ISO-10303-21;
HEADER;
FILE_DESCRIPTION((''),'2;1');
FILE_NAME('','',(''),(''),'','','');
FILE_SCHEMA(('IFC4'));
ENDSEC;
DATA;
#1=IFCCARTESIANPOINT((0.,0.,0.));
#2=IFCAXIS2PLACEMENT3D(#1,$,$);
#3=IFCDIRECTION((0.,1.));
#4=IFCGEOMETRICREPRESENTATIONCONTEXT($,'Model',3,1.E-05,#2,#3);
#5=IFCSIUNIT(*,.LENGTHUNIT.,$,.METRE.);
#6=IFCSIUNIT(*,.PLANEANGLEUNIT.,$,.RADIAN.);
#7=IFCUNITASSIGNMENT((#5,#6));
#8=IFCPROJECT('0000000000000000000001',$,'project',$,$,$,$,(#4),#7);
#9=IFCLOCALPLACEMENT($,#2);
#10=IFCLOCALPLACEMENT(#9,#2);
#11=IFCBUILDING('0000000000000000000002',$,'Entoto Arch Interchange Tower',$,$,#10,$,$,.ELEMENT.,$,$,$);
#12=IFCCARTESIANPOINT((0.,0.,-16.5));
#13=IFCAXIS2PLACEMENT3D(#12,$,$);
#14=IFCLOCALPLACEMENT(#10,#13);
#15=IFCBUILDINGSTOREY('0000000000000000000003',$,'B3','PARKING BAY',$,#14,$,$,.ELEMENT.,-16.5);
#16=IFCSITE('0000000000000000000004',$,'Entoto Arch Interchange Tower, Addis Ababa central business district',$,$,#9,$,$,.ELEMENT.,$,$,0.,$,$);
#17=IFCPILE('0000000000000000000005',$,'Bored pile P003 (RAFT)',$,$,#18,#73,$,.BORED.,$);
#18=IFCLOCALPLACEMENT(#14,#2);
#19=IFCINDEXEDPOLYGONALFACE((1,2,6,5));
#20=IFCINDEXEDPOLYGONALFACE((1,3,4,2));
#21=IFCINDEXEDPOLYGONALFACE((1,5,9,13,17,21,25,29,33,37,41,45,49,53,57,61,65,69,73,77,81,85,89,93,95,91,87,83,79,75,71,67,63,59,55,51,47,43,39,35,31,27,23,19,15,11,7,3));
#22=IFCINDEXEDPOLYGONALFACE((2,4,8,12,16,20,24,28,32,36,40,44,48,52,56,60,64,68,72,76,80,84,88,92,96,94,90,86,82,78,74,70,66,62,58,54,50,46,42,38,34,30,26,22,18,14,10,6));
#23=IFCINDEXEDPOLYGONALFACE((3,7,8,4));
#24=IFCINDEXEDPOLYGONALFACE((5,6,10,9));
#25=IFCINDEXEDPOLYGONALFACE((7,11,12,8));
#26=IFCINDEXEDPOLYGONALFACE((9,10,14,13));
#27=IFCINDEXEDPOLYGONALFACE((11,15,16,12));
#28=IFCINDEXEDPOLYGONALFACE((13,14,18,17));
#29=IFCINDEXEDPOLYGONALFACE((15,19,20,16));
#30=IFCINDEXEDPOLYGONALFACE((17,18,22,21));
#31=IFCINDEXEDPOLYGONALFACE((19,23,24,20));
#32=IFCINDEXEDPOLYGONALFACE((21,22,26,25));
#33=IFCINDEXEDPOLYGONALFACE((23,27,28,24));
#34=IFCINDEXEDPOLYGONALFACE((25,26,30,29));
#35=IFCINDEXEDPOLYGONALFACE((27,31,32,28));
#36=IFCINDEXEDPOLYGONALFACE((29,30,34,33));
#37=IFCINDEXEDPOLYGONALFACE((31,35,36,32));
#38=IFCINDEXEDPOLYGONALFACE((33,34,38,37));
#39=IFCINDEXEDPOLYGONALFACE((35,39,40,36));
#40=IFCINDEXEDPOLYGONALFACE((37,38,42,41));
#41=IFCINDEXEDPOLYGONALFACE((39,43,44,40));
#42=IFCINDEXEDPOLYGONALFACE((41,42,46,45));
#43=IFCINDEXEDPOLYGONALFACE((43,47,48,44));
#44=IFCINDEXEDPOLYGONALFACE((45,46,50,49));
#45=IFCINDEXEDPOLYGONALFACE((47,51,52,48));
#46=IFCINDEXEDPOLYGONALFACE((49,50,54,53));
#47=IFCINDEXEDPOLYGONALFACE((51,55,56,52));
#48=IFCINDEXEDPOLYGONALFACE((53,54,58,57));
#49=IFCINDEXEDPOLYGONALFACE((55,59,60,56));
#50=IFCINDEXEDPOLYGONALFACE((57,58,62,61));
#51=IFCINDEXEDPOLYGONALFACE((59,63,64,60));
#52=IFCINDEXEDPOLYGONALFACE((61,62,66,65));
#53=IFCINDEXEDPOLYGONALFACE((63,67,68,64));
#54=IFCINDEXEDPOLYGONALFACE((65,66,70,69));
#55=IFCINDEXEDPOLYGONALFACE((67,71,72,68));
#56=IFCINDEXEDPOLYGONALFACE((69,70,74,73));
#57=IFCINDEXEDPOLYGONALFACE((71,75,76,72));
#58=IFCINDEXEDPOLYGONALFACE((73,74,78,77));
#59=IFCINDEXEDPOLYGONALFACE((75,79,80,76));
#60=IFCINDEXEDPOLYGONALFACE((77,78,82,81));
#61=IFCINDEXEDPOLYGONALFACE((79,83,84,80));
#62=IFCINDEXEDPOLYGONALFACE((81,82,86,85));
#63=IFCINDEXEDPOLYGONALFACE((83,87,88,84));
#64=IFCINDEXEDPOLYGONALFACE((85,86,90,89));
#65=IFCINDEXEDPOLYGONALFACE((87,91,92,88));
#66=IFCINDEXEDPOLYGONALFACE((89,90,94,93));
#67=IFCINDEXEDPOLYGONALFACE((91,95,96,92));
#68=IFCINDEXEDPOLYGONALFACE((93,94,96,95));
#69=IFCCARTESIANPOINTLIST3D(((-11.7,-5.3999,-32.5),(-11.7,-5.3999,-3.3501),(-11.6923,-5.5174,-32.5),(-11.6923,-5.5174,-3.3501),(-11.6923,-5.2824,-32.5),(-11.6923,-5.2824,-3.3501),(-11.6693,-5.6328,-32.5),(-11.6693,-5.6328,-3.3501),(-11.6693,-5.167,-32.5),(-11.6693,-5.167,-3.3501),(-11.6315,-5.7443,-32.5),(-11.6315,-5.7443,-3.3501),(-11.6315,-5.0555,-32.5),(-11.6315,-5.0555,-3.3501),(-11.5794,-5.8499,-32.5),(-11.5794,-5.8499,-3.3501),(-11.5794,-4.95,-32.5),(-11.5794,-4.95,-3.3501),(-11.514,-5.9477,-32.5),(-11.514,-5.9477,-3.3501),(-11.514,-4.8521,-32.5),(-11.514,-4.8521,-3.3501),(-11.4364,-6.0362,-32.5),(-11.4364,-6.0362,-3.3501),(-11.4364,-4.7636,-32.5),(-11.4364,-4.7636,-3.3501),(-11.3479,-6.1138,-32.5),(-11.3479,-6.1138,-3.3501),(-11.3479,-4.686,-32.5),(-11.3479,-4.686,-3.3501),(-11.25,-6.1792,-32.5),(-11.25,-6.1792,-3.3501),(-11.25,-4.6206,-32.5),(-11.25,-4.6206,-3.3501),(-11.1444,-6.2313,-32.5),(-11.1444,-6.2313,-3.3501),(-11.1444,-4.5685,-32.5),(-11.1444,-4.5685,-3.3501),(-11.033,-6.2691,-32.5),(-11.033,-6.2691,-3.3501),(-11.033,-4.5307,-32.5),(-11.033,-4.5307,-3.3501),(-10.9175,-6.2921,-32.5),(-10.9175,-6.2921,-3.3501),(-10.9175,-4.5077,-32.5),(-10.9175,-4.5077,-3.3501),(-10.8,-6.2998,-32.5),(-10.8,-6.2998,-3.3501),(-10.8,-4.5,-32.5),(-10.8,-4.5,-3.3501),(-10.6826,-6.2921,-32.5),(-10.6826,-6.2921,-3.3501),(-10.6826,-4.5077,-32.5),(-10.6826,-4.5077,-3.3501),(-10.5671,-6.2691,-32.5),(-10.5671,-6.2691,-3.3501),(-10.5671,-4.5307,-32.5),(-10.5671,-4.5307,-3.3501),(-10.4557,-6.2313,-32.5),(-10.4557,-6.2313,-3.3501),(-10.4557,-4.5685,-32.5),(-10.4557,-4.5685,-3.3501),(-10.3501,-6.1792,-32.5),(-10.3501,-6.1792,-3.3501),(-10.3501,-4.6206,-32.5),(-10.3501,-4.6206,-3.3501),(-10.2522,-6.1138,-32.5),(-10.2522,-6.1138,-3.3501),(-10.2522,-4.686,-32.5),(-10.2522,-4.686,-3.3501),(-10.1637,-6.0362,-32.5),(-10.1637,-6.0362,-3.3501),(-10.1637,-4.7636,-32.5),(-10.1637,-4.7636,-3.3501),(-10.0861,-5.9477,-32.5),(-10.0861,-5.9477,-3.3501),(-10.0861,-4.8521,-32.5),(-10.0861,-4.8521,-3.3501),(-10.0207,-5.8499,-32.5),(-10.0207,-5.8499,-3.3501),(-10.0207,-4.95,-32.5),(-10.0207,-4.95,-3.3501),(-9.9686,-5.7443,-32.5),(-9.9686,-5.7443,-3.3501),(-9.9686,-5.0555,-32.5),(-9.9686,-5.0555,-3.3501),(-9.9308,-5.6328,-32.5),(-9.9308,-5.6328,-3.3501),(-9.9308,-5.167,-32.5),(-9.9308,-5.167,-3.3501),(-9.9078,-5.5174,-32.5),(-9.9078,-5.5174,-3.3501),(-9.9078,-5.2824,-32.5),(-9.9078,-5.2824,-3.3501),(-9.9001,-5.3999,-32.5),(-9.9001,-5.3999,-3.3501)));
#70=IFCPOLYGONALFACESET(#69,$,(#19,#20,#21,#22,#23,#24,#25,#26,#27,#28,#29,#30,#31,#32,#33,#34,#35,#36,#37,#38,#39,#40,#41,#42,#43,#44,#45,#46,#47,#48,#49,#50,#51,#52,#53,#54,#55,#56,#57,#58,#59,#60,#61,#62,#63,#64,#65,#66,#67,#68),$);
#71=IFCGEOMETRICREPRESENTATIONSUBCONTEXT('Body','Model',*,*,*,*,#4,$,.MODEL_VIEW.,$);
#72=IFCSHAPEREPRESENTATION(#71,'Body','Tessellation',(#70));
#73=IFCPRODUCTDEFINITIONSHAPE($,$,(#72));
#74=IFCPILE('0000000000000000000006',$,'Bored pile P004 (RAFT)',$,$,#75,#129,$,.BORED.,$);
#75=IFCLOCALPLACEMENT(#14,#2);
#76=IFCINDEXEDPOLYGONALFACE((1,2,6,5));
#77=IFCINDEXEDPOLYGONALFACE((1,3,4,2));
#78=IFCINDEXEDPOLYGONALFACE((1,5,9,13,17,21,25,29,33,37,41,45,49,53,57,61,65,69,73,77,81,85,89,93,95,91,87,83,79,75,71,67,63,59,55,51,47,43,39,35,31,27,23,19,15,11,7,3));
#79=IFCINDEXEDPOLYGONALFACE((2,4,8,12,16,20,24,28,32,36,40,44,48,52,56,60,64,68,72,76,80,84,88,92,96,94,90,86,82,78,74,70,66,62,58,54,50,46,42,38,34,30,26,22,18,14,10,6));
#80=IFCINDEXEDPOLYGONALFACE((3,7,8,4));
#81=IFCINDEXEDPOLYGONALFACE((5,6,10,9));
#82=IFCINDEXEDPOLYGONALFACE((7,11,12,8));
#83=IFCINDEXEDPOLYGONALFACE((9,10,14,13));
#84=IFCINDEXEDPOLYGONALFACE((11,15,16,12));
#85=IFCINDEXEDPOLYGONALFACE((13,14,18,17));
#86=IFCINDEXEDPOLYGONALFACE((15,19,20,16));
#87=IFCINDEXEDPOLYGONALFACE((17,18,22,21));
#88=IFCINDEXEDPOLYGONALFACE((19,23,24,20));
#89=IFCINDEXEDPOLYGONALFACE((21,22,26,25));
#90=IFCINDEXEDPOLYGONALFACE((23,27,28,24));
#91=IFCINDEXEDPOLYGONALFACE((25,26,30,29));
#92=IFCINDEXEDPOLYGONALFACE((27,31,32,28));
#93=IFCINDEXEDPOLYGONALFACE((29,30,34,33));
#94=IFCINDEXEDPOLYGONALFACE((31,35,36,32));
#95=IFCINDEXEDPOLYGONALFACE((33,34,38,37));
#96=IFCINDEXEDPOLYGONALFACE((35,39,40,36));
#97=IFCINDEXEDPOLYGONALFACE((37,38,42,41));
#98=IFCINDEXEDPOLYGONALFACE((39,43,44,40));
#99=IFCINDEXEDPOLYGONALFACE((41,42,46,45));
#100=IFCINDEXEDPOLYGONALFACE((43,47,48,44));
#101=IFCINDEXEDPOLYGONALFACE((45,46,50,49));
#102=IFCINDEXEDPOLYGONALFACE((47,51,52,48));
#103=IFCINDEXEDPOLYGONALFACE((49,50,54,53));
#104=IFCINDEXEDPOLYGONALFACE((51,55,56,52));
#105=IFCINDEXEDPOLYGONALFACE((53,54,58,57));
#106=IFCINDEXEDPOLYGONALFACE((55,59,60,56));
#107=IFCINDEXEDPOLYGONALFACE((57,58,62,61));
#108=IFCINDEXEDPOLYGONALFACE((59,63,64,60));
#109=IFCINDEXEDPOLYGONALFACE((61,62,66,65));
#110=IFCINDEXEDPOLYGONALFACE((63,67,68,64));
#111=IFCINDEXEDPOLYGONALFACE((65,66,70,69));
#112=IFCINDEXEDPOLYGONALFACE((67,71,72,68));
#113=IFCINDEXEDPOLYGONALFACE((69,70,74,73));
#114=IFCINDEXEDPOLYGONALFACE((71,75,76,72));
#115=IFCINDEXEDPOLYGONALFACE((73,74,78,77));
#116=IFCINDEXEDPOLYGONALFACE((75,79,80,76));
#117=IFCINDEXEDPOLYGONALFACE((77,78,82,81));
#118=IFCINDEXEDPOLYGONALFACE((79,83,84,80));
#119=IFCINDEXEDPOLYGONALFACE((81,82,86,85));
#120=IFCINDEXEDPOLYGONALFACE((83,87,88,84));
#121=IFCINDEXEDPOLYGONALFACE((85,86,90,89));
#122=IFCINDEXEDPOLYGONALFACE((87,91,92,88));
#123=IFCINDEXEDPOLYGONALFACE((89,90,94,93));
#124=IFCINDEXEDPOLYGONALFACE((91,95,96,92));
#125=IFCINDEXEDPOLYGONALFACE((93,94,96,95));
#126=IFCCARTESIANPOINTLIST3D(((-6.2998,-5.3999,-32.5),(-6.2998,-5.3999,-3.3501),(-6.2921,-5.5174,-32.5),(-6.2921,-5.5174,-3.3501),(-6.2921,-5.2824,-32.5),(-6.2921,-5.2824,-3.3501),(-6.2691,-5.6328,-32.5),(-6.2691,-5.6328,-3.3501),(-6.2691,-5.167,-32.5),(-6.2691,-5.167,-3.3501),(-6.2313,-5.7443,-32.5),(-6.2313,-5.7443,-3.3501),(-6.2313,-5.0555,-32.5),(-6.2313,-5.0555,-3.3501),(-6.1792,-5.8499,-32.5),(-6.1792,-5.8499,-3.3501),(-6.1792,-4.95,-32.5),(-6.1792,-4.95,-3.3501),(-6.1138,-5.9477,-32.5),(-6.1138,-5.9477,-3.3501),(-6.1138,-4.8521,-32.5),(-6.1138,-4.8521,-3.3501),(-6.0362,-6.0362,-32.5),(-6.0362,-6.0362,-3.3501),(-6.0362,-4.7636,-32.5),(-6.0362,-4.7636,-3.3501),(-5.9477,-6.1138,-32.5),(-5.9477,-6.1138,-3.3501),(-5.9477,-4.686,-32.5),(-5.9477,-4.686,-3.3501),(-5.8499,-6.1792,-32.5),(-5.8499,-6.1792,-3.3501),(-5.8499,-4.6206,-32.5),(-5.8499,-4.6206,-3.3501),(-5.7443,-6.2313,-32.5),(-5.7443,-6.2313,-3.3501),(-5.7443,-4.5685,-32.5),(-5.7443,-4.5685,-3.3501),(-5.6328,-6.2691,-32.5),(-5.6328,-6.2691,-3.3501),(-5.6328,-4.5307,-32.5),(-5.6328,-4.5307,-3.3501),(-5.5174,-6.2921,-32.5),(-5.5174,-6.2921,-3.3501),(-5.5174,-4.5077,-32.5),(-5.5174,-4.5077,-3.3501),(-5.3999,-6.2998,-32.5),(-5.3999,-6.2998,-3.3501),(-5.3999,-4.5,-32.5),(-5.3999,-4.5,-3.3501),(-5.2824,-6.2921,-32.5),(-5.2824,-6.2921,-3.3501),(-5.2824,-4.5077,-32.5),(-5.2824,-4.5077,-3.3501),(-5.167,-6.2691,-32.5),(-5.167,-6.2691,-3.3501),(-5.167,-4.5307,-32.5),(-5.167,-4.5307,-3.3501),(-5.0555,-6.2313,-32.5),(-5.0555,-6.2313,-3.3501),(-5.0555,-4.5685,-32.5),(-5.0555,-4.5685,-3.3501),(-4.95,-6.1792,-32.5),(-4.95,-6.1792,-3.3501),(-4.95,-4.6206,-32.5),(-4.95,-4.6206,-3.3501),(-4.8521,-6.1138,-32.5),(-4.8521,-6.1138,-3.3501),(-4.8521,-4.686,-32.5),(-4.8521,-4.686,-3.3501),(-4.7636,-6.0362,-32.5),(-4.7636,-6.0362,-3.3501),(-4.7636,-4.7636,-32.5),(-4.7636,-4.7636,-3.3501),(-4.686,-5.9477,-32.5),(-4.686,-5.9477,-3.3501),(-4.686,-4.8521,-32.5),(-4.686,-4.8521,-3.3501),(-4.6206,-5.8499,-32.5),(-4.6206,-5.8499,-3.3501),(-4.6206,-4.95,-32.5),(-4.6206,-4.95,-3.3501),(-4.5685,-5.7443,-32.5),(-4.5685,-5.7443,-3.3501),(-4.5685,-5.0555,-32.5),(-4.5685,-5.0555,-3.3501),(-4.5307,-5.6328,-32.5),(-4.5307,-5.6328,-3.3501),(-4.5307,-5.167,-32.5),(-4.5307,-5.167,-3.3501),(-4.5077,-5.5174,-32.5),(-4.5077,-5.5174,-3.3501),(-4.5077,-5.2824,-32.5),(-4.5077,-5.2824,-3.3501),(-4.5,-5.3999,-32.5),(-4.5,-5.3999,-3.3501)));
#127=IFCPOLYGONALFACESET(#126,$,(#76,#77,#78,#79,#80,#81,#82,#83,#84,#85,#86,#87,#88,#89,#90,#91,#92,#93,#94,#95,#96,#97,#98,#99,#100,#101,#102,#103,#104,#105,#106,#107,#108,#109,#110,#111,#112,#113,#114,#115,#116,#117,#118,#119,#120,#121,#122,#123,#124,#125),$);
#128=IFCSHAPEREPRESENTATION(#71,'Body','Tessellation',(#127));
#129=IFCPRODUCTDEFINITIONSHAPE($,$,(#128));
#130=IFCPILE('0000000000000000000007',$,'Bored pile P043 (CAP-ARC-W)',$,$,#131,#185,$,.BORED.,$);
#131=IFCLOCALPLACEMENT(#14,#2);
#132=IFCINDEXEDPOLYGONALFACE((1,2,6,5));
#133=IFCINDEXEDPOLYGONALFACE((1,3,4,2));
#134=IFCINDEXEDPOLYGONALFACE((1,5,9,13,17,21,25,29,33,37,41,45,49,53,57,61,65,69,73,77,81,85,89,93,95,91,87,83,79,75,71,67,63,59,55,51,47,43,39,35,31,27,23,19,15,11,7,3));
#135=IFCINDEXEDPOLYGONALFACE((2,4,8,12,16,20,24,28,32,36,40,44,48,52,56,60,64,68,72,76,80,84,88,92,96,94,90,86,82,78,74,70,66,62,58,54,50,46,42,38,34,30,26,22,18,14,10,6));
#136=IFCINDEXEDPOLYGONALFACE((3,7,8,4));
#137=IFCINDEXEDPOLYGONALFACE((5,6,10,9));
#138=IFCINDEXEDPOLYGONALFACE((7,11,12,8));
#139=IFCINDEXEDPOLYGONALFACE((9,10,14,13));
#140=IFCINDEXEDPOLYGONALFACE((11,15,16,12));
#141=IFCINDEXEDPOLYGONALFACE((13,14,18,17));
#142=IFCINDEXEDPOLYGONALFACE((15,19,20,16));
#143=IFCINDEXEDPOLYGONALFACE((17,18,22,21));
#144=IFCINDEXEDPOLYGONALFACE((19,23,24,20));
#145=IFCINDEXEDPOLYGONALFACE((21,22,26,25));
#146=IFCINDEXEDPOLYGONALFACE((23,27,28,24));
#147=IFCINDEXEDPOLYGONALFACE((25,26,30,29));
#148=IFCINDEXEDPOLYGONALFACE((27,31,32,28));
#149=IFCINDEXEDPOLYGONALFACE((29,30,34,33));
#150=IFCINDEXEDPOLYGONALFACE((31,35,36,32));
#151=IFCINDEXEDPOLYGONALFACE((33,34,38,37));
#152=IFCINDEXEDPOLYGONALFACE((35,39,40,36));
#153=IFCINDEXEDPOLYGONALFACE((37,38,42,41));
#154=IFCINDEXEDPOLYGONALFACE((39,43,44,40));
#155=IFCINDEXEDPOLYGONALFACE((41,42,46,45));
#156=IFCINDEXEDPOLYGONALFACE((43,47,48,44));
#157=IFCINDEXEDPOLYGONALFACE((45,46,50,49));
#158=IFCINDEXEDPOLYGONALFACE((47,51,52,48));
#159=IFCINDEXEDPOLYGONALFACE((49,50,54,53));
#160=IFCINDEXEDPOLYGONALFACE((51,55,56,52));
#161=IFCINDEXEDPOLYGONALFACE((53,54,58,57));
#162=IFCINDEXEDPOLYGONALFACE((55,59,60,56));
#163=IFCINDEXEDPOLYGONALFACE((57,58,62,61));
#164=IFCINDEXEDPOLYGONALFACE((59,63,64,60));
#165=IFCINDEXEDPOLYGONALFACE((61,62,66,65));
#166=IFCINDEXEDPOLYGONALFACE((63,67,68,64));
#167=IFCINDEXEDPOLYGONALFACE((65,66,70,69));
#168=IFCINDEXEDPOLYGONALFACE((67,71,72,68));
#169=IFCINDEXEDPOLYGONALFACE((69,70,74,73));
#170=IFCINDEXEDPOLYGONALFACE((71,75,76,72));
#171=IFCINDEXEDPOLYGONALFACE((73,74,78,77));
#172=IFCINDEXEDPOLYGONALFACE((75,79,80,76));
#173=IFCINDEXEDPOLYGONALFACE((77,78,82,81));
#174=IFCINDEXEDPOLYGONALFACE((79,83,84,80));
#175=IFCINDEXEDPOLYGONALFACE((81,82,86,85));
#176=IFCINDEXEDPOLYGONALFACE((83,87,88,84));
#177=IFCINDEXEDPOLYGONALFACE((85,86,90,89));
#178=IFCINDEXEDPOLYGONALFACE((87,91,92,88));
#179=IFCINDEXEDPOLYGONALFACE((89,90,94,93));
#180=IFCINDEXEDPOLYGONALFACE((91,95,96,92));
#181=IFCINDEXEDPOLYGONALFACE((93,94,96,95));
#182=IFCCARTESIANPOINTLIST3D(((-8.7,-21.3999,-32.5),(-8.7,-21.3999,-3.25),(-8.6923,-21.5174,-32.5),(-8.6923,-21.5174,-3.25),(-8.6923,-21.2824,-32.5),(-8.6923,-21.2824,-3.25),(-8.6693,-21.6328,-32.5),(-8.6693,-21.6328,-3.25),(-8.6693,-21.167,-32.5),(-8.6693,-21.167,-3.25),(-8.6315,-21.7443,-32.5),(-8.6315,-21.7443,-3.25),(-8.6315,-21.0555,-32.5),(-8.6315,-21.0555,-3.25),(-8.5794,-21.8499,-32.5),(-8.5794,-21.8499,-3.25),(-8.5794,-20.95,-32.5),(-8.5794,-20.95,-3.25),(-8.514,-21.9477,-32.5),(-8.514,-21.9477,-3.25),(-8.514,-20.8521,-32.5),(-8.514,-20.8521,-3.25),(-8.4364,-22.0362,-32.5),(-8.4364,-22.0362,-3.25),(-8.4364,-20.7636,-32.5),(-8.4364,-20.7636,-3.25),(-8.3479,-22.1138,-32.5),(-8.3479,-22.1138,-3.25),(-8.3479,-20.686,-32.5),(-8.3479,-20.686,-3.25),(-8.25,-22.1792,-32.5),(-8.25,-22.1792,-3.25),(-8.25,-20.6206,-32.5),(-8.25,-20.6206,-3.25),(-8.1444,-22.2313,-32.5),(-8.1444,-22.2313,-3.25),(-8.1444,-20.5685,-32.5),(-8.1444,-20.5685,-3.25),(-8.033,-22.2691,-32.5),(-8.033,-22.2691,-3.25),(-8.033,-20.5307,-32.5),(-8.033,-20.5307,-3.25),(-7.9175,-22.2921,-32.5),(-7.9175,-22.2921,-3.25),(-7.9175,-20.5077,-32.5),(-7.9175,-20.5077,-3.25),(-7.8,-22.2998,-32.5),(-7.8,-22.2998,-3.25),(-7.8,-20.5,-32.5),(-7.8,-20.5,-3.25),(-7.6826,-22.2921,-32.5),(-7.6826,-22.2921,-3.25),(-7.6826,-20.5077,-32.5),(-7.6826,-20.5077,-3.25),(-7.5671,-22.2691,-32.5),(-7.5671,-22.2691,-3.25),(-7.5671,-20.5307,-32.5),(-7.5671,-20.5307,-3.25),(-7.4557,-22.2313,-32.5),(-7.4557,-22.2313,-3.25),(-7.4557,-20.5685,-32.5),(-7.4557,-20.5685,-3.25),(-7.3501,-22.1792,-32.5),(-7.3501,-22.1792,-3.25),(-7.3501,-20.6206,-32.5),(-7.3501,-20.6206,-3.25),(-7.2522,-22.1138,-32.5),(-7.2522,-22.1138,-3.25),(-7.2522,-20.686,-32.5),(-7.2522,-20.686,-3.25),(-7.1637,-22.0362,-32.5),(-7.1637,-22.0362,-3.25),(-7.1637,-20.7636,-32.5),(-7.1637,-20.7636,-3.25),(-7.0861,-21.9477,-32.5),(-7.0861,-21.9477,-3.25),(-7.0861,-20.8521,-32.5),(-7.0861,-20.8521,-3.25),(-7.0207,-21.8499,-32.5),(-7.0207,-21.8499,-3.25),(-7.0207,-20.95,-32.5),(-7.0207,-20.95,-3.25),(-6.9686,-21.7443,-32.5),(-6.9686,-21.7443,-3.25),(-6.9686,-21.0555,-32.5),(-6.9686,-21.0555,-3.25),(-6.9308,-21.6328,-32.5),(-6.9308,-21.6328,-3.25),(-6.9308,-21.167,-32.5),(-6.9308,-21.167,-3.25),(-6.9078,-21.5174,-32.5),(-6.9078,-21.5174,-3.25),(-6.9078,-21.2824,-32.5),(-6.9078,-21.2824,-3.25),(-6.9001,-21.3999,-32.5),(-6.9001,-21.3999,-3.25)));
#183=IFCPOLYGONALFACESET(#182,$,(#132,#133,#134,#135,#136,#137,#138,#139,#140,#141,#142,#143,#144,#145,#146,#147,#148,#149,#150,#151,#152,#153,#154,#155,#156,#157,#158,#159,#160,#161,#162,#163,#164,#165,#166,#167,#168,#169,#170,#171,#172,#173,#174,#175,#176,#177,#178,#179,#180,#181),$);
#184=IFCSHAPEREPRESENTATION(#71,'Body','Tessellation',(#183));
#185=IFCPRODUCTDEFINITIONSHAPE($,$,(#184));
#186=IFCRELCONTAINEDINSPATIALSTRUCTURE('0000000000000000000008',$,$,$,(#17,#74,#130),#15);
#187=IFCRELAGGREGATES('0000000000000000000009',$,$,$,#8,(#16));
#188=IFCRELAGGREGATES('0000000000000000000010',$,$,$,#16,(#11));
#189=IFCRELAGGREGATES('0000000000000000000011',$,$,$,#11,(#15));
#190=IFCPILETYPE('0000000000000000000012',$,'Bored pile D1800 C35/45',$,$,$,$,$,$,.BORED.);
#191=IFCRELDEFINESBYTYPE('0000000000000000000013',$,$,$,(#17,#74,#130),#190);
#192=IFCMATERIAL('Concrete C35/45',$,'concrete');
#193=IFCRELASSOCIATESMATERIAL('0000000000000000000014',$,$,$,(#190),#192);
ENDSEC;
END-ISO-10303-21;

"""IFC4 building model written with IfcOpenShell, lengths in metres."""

from ifc_helpers import new_model, si_unit, direction, frame, origin, origin_2d, place, context, subcontext, project, spatial, circle, extrude, material, material_profile, profile_set, type_object, element, save


model = new_model("IFC4")

# Units and contexts
model_context = context("Model", 3, precision=1e-05, world=origin(), true_north=direction((0.0, 1.0)))
body_context = subcontext(model_context, "Body", "Model", "MODEL_VIEW")
ifc_project = project(units=[si_unit("LENGTHUNIT", "METRE"), si_unit("PLANEANGLEUNIT", "RADIAN")], contexts=[model_context])

# Site, building, storey
site_placement = place(None, origin())
site = spatial("IfcSite", under=ifc_project, at=site_placement, Name="Entoto Arch Interchange Tower, Addis Ababa central business district", CompositionType="ELEMENT", RefElevation=0.0)
building_placement = place(site_placement, origin())
building = spatial("IfcBuilding", under=site, at=building_placement, Name="Entoto Arch Interchange Tower", CompositionType="ELEMENT")
storey_placement = place(building_placement, frame((0.0, 0.0, -16.5)))
storey = spatial("IfcBuildingStorey", under=building, at=storey_placement, Name="B3", Description="PARKING BAY", CompositionType="ELEMENT", Elevation=-16.5)

# Piles
ifc_material_1 = material(Name="Concrete C35/45", Category="concrete")
ifc_material_profile_1 = material_profile(ifc_material_1, circle(Radius=0.8999, at=origin_2d()))
ifc_profile_set_1 = profile_set([ifc_material_profile_1], Name="Concrete C35/45")
pile_type = type_object("IfcPileType", Name="Bored pile D1800 C35/45", PredefinedType="BORED", material=ifc_profile_set_1)
for number, where, z_axis, x_axis, name in (
    (1, (-10.8, -5.3999, -3.3501), (0.0, 0.0, -1.0), (1.0, 0.0, 0.0), "Bored pile P003 (RAFT)"),
    (2, (-5.3999, -5.3999, -3.3501), (0.0, 0.0, -1.0), (1.0, 0.0, 0.0), "Bored pile P004 (RAFT)"),
):
    element("IfcPile", number, at=place(storey_placement, frame(where, z_axis=z_axis, x_axis=x_axis)), inside=storey, type_object=pile_type, Name=name, PredefinedType="BORED", context=body_context, shape_type="SweptSolid", body=[
        extrude(circle(Radius=0.8999, at=origin_2d()), origin(), (0.0, 0.0, 1.0), 29.1499),
    ])
for number, where, z_axis, x_axis, name in (
    (3, (-7.8, -21.3999, -3.25), (0.0, 0.0, -1.0), (1.0, 0.0, 0.0), "Bored pile P043 (CAP-ARC-W)"),
):
    element("IfcPile", number, at=place(storey_placement, frame(where, z_axis=z_axis, x_axis=x_axis)), inside=storey, type_object=pile_type, Name=name, PredefinedType="BORED", context=body_context, shape_type="SweptSolid", body=[
        extrude(circle(Radius=0.8999, at=origin_2d()), origin(), (0.0, 0.0, 1.0), 29.25),
    ])

save(model, "model.ifc")
